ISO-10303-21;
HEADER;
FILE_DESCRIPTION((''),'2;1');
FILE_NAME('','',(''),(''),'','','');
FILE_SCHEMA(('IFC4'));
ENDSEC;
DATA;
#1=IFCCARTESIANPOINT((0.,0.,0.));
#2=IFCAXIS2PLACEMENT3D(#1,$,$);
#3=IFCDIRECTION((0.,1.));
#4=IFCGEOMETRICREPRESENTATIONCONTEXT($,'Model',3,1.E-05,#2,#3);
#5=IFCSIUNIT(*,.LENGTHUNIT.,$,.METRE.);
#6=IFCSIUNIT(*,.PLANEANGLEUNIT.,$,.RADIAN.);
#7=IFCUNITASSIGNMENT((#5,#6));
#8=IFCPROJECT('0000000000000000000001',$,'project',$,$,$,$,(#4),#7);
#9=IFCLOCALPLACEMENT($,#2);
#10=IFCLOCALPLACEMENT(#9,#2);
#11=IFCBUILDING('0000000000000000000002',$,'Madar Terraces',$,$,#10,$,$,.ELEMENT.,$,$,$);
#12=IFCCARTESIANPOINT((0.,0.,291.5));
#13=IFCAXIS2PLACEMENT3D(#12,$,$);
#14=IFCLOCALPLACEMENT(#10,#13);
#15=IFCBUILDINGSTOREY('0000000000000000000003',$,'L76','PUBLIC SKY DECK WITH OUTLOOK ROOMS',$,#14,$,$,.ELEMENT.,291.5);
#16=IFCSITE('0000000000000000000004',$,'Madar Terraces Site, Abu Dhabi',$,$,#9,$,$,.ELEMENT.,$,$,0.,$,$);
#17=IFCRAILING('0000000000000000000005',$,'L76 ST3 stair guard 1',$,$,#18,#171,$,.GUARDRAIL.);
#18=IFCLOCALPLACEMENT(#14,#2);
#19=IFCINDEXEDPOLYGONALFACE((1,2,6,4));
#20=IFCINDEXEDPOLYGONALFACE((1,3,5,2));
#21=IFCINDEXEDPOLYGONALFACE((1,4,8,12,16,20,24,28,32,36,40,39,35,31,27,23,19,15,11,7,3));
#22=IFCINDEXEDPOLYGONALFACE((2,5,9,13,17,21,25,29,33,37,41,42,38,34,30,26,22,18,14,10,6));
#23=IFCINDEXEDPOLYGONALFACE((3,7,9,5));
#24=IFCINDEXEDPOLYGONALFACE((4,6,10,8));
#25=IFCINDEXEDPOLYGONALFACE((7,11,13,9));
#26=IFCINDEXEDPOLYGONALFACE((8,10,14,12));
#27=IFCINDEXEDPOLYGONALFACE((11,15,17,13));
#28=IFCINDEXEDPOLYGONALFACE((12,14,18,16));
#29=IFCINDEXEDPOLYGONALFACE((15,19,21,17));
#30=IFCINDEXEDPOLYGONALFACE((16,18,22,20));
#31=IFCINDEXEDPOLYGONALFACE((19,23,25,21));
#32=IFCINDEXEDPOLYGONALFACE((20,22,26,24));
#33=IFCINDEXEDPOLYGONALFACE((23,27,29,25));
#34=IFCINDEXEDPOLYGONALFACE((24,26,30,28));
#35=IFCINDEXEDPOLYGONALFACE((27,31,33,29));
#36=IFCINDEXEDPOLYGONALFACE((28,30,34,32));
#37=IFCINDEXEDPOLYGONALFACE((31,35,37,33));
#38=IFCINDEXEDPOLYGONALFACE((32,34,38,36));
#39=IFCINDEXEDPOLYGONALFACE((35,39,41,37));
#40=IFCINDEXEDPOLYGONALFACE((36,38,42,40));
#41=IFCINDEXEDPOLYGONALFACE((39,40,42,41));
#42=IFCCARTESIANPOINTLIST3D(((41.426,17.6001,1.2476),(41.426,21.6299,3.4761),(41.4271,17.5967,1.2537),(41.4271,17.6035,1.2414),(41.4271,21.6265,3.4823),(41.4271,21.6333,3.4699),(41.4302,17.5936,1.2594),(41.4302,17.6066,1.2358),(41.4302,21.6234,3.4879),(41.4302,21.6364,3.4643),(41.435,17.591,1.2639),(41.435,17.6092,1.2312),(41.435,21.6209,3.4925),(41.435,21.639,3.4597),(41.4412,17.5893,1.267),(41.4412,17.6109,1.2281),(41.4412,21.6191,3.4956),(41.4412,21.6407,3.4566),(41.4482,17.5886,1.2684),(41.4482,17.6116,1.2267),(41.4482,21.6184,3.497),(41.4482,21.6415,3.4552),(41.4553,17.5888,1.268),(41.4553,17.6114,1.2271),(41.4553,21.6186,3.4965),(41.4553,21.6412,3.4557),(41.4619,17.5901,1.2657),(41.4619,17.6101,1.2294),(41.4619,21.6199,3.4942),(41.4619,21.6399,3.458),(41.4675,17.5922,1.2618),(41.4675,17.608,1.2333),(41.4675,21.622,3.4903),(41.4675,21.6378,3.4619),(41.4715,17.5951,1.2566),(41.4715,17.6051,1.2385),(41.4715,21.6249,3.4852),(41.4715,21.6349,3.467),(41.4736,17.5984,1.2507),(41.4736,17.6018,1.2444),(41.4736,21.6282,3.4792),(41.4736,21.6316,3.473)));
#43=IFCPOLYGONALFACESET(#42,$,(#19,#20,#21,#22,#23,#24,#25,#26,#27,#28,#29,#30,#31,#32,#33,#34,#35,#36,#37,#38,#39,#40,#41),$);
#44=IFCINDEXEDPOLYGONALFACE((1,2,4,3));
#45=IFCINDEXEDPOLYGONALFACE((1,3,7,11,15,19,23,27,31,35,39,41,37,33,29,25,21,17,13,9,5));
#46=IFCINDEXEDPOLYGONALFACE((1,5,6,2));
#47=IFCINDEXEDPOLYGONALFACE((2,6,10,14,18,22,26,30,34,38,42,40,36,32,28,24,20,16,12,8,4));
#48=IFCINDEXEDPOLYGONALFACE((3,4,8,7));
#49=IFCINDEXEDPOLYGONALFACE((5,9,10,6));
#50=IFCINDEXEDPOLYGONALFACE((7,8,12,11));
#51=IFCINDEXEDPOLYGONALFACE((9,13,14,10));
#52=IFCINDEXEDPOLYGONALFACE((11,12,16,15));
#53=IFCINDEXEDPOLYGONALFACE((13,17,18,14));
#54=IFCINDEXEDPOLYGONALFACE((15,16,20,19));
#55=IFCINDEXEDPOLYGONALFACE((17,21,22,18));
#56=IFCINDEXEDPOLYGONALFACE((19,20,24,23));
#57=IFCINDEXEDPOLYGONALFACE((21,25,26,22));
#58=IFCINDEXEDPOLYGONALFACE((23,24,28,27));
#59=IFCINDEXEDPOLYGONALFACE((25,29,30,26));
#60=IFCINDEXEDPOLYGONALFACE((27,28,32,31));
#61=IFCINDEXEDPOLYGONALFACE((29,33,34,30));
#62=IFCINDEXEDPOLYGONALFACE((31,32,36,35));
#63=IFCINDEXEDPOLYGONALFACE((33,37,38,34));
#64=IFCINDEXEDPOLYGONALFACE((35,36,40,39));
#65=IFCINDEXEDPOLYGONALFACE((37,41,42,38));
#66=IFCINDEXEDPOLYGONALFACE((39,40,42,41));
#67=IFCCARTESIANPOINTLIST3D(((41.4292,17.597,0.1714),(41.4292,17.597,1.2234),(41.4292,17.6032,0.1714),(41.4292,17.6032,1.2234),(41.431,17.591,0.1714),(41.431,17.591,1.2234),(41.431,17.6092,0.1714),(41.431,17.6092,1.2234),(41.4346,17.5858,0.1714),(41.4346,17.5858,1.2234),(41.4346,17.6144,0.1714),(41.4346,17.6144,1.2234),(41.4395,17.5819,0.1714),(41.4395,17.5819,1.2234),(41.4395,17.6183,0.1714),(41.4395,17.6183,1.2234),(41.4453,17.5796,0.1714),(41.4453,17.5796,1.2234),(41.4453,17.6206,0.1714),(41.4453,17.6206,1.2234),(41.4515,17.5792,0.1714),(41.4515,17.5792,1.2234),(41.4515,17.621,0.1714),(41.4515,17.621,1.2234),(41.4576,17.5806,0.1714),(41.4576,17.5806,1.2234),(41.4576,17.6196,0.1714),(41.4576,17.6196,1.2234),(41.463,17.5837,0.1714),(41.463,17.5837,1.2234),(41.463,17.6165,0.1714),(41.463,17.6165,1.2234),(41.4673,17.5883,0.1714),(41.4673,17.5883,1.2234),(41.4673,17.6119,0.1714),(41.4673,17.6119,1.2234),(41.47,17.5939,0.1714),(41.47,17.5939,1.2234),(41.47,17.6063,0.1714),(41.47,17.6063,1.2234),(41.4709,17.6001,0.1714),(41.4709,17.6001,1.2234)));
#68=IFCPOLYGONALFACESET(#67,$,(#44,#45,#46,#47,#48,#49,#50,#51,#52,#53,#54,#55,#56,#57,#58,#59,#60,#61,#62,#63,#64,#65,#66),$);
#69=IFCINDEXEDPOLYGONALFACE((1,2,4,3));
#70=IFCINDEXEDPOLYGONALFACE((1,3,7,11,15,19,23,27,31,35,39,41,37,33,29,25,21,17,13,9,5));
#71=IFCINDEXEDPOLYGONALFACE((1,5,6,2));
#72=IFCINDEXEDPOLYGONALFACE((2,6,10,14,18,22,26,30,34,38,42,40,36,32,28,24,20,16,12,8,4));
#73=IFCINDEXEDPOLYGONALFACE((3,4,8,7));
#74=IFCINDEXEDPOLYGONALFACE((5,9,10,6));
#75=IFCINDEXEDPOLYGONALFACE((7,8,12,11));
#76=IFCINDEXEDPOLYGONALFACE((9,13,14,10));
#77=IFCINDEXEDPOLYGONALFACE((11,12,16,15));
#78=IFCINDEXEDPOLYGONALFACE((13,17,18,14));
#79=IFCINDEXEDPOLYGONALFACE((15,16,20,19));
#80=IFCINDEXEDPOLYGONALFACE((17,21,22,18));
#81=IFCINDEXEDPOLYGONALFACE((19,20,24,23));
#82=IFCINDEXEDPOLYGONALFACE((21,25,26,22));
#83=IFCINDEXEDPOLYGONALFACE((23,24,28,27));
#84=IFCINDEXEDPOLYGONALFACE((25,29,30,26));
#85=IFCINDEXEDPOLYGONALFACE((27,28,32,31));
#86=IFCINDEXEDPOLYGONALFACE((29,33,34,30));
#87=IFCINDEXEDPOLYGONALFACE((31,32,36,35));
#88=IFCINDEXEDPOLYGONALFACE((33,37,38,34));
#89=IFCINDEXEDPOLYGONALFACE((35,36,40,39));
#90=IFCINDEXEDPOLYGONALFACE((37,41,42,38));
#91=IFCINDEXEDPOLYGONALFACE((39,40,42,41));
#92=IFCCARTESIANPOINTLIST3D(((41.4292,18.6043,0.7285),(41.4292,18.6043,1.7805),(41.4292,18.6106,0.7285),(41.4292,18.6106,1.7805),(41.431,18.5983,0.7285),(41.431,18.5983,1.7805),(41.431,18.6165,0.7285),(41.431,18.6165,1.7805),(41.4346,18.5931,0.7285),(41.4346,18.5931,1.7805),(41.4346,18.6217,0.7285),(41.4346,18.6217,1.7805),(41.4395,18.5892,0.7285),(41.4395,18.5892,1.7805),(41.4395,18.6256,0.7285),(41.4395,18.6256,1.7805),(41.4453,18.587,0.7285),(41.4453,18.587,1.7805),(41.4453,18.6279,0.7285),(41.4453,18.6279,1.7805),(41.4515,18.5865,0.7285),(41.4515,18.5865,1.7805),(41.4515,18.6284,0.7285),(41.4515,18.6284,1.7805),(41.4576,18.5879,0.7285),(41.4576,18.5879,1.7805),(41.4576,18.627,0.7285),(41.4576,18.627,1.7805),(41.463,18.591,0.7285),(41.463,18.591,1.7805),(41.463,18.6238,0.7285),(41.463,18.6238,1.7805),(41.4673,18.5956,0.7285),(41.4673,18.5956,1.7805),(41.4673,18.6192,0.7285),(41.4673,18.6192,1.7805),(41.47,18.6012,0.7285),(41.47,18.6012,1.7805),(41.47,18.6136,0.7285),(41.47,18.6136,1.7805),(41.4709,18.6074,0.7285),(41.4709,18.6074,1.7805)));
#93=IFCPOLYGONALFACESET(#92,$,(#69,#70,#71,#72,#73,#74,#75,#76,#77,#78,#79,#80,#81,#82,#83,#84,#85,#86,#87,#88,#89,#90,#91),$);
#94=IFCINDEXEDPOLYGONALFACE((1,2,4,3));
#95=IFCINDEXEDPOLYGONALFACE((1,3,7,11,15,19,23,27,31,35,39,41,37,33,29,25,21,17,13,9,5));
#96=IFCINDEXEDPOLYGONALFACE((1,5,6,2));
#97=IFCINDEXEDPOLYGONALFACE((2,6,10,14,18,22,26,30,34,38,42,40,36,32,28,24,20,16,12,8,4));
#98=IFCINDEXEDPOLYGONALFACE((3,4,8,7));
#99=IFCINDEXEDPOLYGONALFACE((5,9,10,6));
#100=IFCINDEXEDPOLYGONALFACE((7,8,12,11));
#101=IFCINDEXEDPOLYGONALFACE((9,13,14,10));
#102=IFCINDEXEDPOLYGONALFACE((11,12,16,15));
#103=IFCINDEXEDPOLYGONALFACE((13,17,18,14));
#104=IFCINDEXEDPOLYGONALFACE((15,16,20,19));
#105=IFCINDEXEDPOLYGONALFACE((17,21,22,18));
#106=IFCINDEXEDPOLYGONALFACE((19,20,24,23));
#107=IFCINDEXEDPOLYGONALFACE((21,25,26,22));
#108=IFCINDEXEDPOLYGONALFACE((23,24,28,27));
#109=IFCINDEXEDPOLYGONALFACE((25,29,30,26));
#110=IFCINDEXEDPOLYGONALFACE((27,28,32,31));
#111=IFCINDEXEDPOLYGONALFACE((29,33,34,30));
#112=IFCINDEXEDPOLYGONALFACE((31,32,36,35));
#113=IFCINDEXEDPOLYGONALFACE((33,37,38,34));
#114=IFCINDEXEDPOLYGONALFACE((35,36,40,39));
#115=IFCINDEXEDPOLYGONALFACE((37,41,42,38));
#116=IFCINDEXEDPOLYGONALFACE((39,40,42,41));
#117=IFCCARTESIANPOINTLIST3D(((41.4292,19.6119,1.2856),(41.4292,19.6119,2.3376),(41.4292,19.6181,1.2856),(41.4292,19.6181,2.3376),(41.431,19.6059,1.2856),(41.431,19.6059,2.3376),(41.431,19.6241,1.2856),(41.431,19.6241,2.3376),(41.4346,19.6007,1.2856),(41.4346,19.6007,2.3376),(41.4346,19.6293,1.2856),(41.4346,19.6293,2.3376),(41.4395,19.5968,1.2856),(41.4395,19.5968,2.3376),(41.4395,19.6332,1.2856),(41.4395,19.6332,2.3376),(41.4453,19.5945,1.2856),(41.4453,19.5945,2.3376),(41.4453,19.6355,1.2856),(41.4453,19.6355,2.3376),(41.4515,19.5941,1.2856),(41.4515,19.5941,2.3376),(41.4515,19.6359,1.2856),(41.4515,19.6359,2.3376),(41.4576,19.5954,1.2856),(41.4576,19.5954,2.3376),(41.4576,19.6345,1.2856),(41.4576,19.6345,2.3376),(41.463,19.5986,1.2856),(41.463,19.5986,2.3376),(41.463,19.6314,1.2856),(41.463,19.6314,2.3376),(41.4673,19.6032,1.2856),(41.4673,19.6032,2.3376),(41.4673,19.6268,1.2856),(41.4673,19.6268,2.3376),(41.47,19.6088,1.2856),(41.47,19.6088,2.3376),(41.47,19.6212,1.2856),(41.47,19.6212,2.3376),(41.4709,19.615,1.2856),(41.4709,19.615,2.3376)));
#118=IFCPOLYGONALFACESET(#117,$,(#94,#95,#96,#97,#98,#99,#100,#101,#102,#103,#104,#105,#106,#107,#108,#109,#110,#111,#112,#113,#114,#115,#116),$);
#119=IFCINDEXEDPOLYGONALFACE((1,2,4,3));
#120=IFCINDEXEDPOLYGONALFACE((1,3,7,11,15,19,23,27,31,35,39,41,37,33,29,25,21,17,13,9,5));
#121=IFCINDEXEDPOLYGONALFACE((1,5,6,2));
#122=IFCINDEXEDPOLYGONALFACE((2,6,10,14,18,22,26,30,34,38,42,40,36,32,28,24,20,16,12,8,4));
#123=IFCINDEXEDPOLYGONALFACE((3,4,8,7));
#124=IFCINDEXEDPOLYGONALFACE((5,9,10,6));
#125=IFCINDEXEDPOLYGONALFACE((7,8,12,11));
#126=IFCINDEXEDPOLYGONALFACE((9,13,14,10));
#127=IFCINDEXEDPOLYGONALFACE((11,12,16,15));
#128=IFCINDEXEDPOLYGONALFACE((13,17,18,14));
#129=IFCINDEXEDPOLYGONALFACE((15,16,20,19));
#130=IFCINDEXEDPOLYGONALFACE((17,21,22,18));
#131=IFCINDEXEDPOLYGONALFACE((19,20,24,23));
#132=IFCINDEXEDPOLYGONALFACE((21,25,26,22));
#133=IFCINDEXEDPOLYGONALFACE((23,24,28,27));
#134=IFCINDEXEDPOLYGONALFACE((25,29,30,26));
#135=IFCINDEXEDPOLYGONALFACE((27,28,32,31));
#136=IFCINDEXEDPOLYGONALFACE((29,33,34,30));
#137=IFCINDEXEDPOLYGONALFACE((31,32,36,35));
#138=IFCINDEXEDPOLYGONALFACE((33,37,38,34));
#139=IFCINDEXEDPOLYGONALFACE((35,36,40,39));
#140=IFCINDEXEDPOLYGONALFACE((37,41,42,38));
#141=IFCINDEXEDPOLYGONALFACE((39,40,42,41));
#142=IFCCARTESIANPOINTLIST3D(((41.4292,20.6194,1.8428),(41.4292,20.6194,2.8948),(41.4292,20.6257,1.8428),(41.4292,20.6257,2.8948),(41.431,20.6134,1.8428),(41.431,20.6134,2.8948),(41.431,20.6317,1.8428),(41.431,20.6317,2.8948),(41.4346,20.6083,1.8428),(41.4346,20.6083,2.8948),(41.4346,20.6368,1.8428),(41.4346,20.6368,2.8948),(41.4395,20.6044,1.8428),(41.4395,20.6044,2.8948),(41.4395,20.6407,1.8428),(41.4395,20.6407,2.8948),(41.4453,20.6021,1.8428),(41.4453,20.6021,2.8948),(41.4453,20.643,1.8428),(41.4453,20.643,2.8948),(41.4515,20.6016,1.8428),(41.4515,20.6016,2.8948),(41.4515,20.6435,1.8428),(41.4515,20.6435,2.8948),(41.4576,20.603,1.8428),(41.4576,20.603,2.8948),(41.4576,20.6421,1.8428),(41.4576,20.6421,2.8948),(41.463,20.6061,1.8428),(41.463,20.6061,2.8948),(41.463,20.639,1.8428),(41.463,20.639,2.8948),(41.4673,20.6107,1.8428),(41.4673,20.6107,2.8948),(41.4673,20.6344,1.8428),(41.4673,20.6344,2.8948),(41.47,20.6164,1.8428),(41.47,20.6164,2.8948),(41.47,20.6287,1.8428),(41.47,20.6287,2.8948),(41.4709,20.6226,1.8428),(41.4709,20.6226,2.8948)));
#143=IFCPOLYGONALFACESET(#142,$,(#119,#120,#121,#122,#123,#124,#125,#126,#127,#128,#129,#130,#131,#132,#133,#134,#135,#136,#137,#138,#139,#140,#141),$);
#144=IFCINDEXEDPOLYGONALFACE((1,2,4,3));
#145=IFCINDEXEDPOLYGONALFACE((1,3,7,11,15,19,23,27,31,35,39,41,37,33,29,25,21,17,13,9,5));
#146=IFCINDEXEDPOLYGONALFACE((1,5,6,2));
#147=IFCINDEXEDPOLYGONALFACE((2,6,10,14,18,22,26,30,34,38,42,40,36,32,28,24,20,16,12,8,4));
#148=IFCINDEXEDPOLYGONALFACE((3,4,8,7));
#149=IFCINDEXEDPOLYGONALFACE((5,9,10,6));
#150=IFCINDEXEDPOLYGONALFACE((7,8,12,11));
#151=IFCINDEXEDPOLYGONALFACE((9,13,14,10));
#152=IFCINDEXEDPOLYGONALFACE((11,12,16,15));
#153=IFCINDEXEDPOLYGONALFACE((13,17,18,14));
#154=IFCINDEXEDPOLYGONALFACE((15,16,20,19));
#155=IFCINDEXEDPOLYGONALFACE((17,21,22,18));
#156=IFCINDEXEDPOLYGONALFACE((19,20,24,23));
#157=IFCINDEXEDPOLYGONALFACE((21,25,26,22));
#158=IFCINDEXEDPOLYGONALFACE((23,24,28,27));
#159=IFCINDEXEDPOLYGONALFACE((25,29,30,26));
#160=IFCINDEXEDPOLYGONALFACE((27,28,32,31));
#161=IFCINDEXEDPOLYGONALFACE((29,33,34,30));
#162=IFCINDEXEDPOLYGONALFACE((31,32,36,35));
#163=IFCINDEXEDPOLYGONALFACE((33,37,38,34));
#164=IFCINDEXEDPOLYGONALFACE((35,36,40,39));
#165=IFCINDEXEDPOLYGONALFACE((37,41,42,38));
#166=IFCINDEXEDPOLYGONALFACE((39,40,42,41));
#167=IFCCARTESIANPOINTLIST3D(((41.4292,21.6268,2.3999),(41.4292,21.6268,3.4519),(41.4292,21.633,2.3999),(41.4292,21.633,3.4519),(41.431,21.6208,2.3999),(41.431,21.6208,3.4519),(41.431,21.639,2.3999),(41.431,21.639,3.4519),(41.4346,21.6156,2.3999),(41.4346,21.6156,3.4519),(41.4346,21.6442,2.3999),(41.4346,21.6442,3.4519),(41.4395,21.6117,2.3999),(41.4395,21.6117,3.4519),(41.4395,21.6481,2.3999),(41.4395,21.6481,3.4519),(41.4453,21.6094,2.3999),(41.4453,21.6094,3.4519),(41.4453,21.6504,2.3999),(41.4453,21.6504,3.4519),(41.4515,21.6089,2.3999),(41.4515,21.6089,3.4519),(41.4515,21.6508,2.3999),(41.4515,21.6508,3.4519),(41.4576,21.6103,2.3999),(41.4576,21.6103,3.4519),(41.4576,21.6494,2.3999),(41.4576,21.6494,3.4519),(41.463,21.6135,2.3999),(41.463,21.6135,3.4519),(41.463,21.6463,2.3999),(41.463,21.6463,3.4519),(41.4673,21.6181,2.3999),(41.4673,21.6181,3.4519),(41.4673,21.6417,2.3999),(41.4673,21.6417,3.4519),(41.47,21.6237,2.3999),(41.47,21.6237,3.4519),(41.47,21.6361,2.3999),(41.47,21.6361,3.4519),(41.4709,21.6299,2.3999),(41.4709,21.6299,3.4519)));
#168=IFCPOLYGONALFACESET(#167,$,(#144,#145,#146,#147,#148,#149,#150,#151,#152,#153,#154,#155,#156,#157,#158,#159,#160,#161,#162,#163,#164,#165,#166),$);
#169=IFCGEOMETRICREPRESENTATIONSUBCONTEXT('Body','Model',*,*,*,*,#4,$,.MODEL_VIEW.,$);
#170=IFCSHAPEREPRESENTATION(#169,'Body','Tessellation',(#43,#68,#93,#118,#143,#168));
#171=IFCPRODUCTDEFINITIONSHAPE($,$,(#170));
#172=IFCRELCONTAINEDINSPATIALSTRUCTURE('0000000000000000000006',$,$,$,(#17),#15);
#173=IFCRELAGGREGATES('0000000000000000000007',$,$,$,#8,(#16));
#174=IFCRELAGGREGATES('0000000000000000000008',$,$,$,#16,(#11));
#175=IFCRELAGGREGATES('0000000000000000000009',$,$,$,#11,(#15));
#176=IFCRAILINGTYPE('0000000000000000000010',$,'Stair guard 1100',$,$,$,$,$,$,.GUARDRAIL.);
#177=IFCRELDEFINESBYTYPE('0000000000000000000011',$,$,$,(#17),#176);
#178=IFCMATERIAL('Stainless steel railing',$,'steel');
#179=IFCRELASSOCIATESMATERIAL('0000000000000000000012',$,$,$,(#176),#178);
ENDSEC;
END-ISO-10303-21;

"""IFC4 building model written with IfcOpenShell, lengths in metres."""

from ifc_helpers import new_model, si_unit, direction, frame, origin, origin_2d, place, context, subcontext, project, spatial, circle, extrude, material, type_object, element, save


model = new_model("IFC4")

# Units and contexts
model_context = context("Model", 3, precision=1e-05, world=origin(), true_north=direction((0.0, 1.0)))
body_context = subcontext(model_context, "Body", "Model", "MODEL_VIEW")
ifc_project = project(units=[si_unit("LENGTHUNIT", "METRE"), si_unit("PLANEANGLEUNIT", "RADIAN")], contexts=[model_context])

# Site, building, storey
site_placement = place(None, origin())
site = spatial("IfcSite", under=ifc_project, at=site_placement, Name="Madar Terraces Site, Abu Dhabi", CompositionType="ELEMENT", RefElevation=0.0)
building_placement = place(site_placement, origin())
building = spatial("IfcBuilding", under=site, at=building_placement, Name="Madar Terraces", CompositionType="ELEMENT")
storey_placement = place(building_placement, frame((0.0, 0.0, 291.5)))
storey = spatial("IfcBuildingStorey", under=building, at=storey_placement, Name="L76", Description="PUBLIC SKY DECK WITH OUTLOOK ROOMS", CompositionType="ELEMENT", Elevation=291.5)

# Railing
ifc_material_1 = material(Name="Stainless steel railing", Category="steel")
railing_type_1 = type_object("IfcRailingType", Name="Stair guard 1100", PredefinedType="GUARDRAIL", material=ifc_material_1)
railing_1_placement = place(storey_placement, frame((41.45, 17.6001, 0.1714)))
element("IfcRailing", 1, at=railing_1_placement, inside=storey, type_object=railing_type_1, Name="L76 ST3 stair guard 1", PredefinedType="GUARDRAIL", context=body_context, shape_type="SweptSolid", body=[
    extrude(circle(Radius=0.0239, at=origin_2d()), frame((0.0, 0.0, 1.0762), z_axis=(0.0, 0.875101, 0.48394), x_axis=(-1.0, 0.0, 0.0)), (0.0, 0.0, 1.0), 4.605),
    extrude(circle(Radius=0.021, at=origin_2d()), origin(), (0.0, 0.0, 1.0), 1.052),
    extrude(circle(Radius=0.021, at=origin_2d()), frame((0.0, 1.0073, 0.5571)), (0.0, 0.0, 1.0), 1.052),
    extrude(circle(Radius=0.021, at=origin_2d()), frame((0.0, 2.0149, 1.1143)), (0.0, 0.0, 1.0), 1.052),
    extrude(circle(Radius=0.021, at=origin_2d()), frame((0.0, 3.0225, 1.6714)), (0.0, 0.0, 1.0), 1.052),
    extrude(circle(Radius=0.021, at=origin_2d()), frame((0.0, 4.0298, 2.2285)), (0.0, 0.0, 1.0), 1.052),
])

save(model, "model.ifc")
